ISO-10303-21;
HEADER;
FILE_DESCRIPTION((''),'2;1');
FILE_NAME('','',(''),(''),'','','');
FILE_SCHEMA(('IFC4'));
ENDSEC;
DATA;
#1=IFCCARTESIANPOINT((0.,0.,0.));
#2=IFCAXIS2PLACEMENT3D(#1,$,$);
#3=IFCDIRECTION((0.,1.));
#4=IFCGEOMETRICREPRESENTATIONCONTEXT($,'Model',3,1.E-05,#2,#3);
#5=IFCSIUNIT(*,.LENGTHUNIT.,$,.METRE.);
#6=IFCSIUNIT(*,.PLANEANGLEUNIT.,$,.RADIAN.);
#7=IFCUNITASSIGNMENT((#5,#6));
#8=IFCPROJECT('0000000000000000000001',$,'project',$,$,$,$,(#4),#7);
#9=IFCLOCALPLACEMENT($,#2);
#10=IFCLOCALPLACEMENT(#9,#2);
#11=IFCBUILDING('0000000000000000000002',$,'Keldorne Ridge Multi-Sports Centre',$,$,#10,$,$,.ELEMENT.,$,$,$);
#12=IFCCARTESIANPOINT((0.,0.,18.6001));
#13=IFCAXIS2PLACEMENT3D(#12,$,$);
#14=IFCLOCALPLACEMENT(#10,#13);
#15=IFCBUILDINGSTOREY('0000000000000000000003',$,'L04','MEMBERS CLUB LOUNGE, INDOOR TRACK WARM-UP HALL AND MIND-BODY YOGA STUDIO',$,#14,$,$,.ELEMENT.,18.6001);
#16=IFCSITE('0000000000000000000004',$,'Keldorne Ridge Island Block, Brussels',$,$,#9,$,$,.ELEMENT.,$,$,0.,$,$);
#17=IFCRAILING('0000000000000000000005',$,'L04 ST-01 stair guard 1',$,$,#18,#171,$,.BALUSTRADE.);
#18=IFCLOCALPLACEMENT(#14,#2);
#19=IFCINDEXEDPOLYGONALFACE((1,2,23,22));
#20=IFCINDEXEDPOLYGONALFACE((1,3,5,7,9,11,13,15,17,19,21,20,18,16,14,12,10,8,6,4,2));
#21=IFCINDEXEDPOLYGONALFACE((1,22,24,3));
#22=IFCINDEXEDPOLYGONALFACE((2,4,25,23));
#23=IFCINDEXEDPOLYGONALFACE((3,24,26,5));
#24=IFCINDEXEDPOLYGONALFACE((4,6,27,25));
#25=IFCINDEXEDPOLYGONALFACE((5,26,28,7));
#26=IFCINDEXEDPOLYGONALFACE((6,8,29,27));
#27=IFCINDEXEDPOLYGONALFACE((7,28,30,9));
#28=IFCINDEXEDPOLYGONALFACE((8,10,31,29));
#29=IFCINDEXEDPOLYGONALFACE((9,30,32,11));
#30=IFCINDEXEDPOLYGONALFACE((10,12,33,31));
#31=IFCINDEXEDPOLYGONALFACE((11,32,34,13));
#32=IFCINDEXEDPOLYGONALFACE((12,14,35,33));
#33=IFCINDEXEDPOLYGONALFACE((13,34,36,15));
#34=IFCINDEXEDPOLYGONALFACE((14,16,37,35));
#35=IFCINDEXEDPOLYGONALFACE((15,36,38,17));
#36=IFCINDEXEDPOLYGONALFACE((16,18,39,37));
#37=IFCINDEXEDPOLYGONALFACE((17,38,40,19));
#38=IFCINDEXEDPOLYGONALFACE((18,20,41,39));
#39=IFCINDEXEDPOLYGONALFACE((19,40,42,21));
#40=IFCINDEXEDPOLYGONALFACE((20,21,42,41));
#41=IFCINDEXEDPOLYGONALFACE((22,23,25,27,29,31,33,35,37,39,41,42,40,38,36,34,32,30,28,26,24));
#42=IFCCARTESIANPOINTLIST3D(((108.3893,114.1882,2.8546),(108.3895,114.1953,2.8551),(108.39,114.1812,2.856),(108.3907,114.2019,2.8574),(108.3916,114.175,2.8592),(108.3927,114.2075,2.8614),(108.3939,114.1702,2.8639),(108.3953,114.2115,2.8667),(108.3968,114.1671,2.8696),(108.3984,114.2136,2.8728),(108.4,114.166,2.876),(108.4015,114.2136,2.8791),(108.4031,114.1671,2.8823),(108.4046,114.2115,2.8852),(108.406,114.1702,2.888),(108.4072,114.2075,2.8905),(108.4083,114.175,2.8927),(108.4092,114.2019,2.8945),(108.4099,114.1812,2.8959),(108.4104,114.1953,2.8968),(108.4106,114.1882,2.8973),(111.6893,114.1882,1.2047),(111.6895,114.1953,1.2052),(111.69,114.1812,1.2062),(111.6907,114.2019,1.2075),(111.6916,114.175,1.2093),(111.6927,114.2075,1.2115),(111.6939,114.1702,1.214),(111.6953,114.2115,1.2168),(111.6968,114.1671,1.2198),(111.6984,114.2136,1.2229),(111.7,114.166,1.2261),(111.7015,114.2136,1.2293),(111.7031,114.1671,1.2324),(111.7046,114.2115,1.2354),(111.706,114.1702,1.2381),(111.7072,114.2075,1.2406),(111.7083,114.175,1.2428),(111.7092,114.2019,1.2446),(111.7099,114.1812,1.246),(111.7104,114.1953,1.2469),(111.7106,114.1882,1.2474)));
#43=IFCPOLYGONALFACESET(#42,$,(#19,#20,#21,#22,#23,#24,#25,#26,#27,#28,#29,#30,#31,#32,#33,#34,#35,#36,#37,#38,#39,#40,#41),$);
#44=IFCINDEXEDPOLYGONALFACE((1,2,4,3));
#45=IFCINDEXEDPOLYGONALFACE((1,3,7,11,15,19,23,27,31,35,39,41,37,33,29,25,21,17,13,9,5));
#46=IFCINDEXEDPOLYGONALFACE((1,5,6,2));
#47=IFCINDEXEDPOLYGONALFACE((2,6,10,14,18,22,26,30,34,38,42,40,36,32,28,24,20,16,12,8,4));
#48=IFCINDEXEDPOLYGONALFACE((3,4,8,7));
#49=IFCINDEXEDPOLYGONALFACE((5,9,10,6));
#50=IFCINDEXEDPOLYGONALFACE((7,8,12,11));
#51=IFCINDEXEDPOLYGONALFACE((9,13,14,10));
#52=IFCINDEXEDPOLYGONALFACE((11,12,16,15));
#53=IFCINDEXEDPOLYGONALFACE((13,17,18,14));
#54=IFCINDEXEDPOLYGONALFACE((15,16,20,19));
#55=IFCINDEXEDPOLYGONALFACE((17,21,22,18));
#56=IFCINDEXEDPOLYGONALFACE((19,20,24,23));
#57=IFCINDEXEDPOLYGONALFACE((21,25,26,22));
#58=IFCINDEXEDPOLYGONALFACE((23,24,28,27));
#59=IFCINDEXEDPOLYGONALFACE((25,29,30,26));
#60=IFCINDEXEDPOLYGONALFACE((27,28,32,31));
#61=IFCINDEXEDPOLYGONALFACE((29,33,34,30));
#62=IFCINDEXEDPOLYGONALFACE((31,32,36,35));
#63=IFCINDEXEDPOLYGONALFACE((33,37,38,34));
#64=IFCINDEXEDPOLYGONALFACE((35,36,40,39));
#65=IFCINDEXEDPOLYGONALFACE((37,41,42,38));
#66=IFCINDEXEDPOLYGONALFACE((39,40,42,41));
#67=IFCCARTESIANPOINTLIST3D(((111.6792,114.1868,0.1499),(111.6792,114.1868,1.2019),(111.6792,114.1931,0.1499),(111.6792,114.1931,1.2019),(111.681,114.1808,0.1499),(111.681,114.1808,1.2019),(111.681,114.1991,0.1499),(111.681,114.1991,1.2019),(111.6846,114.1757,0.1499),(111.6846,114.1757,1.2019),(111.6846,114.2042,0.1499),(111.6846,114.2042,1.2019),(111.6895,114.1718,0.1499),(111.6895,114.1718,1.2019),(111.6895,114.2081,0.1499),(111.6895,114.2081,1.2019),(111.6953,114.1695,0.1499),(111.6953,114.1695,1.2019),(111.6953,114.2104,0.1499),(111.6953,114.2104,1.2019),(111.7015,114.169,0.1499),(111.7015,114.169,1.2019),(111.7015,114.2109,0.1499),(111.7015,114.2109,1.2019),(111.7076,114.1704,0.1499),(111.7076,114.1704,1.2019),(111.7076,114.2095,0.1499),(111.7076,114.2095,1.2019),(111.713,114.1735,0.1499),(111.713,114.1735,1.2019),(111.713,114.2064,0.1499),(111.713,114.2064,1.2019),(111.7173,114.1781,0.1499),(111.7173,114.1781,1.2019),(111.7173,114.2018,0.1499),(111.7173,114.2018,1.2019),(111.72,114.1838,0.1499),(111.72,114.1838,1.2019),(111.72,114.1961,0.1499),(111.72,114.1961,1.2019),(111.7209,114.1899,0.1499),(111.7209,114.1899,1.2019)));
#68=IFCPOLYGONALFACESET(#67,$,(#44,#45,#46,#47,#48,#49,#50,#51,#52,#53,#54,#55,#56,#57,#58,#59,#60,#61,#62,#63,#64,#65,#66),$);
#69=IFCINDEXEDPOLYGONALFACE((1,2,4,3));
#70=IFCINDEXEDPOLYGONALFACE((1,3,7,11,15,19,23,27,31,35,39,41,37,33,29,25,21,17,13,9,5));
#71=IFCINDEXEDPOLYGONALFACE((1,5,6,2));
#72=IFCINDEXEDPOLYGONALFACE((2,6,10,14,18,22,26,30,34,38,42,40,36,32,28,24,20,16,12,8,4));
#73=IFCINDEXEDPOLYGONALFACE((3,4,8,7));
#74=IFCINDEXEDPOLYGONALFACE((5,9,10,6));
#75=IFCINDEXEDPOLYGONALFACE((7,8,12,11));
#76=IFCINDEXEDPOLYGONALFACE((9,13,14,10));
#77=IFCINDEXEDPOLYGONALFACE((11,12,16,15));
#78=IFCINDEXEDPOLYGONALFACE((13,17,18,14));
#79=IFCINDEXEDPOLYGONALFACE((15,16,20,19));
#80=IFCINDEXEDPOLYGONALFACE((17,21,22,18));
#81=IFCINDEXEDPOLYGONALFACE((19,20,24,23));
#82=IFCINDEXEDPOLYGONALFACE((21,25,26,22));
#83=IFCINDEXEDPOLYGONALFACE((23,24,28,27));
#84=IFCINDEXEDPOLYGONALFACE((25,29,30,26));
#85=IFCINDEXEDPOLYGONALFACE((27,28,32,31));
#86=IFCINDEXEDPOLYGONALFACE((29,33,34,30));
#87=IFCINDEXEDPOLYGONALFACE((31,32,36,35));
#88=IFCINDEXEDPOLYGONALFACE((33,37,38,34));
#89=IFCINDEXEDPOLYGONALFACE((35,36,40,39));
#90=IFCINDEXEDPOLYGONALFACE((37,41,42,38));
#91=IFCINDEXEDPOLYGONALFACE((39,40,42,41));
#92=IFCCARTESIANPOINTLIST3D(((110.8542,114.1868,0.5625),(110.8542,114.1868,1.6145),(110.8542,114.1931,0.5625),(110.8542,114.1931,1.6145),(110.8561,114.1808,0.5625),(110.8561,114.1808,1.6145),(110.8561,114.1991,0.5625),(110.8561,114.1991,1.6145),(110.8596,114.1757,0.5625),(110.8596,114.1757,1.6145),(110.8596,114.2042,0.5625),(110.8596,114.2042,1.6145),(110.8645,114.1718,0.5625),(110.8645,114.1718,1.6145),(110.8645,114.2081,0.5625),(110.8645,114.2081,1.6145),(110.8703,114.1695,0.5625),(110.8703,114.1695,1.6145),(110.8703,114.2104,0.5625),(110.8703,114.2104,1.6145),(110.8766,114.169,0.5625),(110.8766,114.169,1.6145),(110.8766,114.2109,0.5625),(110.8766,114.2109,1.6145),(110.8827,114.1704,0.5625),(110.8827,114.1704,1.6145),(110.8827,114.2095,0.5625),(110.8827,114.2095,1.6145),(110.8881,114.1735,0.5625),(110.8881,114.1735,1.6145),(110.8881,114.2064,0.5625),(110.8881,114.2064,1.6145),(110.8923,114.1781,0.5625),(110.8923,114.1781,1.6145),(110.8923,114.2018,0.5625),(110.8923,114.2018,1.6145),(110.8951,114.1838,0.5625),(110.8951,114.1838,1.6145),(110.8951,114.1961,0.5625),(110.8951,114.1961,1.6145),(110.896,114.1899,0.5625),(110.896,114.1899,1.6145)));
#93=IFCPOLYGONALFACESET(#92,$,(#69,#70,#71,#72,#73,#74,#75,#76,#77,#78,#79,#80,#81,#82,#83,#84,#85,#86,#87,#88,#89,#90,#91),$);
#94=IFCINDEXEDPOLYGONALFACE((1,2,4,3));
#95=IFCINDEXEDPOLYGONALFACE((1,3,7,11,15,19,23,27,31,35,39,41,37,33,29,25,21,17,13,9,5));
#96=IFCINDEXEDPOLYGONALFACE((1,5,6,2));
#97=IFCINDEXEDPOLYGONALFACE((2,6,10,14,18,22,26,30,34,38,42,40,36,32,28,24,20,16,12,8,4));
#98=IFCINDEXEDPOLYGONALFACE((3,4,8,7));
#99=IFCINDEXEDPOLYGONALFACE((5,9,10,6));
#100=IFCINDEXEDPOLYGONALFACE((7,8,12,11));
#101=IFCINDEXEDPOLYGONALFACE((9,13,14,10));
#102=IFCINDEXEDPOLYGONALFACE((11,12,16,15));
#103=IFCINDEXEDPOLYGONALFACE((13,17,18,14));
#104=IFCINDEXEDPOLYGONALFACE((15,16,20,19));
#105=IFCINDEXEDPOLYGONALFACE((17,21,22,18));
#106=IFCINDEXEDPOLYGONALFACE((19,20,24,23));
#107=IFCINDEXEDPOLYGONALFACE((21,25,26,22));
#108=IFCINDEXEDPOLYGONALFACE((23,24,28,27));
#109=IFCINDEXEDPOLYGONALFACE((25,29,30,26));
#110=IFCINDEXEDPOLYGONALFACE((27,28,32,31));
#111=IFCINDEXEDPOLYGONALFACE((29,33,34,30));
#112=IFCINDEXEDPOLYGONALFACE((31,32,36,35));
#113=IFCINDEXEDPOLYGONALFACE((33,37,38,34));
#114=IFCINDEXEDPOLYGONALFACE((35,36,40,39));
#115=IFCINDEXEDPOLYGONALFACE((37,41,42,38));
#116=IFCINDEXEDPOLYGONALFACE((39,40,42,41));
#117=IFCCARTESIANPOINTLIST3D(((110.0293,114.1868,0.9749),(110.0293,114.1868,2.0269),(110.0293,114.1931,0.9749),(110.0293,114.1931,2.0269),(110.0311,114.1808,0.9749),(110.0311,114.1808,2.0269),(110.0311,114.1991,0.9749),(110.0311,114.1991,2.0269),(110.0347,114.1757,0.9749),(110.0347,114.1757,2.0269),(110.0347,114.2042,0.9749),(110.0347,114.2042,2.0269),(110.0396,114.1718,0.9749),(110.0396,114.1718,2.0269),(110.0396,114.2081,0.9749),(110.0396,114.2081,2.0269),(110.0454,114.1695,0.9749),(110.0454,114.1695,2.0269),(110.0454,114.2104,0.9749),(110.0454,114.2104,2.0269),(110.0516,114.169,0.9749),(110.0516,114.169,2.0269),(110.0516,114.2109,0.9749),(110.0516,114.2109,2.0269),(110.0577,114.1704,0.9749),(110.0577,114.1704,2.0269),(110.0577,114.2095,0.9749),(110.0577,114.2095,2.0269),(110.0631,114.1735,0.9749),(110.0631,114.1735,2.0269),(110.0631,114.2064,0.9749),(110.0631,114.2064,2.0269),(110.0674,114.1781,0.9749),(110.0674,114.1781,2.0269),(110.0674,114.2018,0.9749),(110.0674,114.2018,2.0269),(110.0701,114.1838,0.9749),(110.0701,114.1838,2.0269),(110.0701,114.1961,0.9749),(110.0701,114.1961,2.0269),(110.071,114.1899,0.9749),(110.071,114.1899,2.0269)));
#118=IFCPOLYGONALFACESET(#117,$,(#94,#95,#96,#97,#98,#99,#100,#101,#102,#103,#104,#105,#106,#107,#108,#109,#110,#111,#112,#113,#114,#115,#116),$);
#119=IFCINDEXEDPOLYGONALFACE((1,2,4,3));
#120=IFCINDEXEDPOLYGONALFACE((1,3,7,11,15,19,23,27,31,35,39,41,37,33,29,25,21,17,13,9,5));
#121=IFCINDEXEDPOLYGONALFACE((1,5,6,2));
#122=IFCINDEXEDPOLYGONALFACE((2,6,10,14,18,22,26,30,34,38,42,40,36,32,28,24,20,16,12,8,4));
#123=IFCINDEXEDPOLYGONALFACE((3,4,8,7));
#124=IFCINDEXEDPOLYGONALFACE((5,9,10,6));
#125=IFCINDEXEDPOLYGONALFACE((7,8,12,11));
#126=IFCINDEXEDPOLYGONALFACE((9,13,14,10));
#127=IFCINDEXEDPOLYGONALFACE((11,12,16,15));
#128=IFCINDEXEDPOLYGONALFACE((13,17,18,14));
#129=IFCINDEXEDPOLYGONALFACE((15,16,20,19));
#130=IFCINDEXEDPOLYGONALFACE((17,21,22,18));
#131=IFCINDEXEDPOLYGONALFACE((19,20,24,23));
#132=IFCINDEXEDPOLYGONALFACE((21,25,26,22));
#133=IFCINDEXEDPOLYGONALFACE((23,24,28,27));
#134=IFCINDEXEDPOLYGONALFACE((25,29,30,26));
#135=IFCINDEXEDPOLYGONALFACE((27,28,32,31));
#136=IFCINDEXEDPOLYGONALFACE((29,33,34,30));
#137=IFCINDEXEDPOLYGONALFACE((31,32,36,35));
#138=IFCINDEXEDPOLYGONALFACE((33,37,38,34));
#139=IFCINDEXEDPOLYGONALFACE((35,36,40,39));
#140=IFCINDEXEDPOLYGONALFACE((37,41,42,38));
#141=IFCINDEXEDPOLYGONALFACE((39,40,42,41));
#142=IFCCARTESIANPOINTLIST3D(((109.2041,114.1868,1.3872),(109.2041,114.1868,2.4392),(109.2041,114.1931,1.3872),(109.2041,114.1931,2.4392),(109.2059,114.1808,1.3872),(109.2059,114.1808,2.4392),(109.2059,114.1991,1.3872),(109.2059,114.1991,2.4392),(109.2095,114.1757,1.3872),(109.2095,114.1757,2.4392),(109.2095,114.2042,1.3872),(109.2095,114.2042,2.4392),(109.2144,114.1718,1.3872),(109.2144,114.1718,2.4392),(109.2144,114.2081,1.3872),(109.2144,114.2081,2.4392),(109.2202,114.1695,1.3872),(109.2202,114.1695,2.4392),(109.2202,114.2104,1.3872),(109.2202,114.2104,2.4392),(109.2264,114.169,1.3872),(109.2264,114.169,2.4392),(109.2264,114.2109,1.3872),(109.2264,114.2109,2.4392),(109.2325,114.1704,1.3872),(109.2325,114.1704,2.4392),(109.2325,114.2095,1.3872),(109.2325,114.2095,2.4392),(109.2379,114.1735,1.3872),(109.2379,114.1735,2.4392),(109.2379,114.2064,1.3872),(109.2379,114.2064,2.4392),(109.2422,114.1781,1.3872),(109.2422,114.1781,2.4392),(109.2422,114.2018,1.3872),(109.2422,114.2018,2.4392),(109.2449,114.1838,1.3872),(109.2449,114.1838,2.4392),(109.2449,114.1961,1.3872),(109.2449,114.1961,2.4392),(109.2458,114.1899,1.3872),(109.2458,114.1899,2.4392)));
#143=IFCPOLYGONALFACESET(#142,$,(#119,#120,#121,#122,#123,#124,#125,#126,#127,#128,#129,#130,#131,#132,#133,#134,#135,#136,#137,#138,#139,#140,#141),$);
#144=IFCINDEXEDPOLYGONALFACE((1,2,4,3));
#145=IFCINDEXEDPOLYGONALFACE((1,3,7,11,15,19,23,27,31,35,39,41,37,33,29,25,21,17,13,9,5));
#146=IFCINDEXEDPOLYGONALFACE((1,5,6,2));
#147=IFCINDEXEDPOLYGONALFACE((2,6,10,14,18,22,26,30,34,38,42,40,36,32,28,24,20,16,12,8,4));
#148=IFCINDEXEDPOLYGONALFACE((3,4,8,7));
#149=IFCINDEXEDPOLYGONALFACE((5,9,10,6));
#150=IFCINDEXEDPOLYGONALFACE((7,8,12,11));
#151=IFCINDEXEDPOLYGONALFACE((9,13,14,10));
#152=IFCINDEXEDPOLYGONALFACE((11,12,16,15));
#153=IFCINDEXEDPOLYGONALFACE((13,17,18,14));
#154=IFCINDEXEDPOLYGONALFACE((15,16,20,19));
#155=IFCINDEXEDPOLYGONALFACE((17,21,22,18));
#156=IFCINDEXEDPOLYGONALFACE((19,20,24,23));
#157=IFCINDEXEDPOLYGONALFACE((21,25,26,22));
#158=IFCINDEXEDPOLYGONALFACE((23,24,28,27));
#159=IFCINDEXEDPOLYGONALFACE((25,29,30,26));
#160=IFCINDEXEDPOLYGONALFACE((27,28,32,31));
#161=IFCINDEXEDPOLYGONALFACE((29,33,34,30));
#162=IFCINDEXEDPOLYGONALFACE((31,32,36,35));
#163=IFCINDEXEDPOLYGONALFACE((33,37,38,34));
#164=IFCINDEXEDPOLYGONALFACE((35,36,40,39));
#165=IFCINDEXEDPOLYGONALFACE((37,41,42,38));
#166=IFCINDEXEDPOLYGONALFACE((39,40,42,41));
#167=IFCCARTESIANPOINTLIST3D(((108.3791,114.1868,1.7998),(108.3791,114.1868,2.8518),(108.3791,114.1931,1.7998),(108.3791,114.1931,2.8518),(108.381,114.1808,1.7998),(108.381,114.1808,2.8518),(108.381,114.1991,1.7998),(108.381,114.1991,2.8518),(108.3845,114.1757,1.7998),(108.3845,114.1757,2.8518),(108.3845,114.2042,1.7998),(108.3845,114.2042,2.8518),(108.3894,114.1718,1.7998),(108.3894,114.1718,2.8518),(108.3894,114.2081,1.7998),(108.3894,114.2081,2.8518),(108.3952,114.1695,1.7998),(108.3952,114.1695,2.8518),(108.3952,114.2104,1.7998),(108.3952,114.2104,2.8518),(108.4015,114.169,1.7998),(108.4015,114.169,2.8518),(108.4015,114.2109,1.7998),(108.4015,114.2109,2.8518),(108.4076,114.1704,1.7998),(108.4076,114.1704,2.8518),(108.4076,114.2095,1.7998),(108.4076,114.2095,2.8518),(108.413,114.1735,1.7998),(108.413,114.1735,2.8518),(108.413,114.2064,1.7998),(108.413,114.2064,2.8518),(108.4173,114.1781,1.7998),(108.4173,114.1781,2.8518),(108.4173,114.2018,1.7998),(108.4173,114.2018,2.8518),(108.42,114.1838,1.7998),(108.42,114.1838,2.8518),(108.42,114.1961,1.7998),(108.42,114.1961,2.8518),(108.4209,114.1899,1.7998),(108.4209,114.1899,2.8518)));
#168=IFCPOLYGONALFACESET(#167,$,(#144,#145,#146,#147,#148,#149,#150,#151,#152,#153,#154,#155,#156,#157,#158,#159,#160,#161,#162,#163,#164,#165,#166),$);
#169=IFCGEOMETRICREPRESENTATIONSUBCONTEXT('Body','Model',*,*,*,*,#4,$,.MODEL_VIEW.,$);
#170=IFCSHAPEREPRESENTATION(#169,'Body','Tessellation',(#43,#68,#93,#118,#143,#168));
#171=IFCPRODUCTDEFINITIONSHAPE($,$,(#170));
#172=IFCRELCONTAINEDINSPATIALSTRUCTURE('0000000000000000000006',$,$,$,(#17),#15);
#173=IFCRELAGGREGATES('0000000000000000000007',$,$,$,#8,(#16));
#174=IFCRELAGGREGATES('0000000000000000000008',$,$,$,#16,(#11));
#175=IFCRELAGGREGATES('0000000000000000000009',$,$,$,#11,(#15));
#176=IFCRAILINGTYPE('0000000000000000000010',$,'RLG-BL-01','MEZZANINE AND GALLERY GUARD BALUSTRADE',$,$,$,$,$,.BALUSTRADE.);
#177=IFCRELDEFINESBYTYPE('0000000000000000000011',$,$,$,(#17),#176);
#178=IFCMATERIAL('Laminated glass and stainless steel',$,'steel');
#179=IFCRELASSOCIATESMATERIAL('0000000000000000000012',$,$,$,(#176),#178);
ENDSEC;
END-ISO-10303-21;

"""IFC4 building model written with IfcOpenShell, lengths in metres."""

from ifc_helpers import new_model, si_unit, direction, frame, origin, origin_2d, place, context, subcontext, project, spatial, circle, extrude, material, type_object, element, save


model = new_model("IFC4")

# Units and contexts
model_context = context("Model", 3, precision=1e-05, world=origin(), true_north=direction((0.0, 1.0)))
body_context = subcontext(model_context, "Body", "Model", "MODEL_VIEW")
ifc_project = project(units=[si_unit("LENGTHUNIT", "METRE"), si_unit("PLANEANGLEUNIT", "RADIAN")], contexts=[model_context])

# Site, building, storey
site_placement = place(None, origin())
site = spatial("IfcSite", under=ifc_project, at=site_placement, Name="Keldorne Ridge Island Block, Brussels", CompositionType="ELEMENT", RefElevation=0.0)
building_placement = place(site_placement, origin())
building = spatial("IfcBuilding", under=site, at=building_placement, Name="Keldorne Ridge Multi-Sports Centre", CompositionType="ELEMENT")
storey_placement = place(building_placement, frame((0.0, 0.0, 18.6001)))
storey = spatial("IfcBuildingStorey", under=building, at=storey_placement, Name="L04", Description="MEMBERS CLUB LOUNGE, INDOOR TRACK WARM-UP HALL AND MIND-BODY YOGA STUDIO", CompositionType="ELEMENT", Elevation=18.6001)

# Railing
ifc_material_1 = material(Name="Laminated glass and stainless steel", Category="steel")
railing_type_1 = type_object("IfcRailingType", Name="RLG-BL-01", Description="MEZZANINE AND GALLERY GUARD BALUSTRADE", PredefinedType="BALUSTRADE", material=ifc_material_1)
railing_1_placement = place(storey_placement, frame((111.7, 114.1899, 0.1499)))
element("IfcRailing", 1, at=railing_1_placement, inside=storey, type_object=railing_type_1, Name="L04 ST-01 stair guard 1", PredefinedType="BALUSTRADE", context=body_context, shape_type="SweptSolid", body=[
    extrude(circle(Radius=0.0239, at=origin_2d()), frame((0.0, 0.0, 1.0762), z_axis=(-0.89444, 0.0, 0.447187), x_axis=(0.0, -1.0, 0.0)), (0.0, 0.0, 1.0), 3.6895),
    extrude(circle(Radius=0.021, at=origin_2d()), origin(), (0.0, 0.0, 1.0), 1.052),
    extrude(circle(Radius=0.021, at=origin_2d()), frame((-0.825, 0.0, 0.4126)), (0.0, 0.0, 1.0), 1.052),
    extrude(circle(Radius=0.021, at=origin_2d()), frame((-1.6499, 0.0, 0.825)), (0.0, 0.0, 1.0), 1.052),
    extrude(circle(Radius=0.021, at=origin_2d()), frame((-2.4751, 0.0, 1.2373)), (0.0, 0.0, 1.0), 1.052),
    extrude(circle(Radius=0.021, at=origin_2d()), frame((-3.3, 0.0, 1.6499)), (0.0, 0.0, 1.0), 1.052),
])

save(model, "model.ifc")
